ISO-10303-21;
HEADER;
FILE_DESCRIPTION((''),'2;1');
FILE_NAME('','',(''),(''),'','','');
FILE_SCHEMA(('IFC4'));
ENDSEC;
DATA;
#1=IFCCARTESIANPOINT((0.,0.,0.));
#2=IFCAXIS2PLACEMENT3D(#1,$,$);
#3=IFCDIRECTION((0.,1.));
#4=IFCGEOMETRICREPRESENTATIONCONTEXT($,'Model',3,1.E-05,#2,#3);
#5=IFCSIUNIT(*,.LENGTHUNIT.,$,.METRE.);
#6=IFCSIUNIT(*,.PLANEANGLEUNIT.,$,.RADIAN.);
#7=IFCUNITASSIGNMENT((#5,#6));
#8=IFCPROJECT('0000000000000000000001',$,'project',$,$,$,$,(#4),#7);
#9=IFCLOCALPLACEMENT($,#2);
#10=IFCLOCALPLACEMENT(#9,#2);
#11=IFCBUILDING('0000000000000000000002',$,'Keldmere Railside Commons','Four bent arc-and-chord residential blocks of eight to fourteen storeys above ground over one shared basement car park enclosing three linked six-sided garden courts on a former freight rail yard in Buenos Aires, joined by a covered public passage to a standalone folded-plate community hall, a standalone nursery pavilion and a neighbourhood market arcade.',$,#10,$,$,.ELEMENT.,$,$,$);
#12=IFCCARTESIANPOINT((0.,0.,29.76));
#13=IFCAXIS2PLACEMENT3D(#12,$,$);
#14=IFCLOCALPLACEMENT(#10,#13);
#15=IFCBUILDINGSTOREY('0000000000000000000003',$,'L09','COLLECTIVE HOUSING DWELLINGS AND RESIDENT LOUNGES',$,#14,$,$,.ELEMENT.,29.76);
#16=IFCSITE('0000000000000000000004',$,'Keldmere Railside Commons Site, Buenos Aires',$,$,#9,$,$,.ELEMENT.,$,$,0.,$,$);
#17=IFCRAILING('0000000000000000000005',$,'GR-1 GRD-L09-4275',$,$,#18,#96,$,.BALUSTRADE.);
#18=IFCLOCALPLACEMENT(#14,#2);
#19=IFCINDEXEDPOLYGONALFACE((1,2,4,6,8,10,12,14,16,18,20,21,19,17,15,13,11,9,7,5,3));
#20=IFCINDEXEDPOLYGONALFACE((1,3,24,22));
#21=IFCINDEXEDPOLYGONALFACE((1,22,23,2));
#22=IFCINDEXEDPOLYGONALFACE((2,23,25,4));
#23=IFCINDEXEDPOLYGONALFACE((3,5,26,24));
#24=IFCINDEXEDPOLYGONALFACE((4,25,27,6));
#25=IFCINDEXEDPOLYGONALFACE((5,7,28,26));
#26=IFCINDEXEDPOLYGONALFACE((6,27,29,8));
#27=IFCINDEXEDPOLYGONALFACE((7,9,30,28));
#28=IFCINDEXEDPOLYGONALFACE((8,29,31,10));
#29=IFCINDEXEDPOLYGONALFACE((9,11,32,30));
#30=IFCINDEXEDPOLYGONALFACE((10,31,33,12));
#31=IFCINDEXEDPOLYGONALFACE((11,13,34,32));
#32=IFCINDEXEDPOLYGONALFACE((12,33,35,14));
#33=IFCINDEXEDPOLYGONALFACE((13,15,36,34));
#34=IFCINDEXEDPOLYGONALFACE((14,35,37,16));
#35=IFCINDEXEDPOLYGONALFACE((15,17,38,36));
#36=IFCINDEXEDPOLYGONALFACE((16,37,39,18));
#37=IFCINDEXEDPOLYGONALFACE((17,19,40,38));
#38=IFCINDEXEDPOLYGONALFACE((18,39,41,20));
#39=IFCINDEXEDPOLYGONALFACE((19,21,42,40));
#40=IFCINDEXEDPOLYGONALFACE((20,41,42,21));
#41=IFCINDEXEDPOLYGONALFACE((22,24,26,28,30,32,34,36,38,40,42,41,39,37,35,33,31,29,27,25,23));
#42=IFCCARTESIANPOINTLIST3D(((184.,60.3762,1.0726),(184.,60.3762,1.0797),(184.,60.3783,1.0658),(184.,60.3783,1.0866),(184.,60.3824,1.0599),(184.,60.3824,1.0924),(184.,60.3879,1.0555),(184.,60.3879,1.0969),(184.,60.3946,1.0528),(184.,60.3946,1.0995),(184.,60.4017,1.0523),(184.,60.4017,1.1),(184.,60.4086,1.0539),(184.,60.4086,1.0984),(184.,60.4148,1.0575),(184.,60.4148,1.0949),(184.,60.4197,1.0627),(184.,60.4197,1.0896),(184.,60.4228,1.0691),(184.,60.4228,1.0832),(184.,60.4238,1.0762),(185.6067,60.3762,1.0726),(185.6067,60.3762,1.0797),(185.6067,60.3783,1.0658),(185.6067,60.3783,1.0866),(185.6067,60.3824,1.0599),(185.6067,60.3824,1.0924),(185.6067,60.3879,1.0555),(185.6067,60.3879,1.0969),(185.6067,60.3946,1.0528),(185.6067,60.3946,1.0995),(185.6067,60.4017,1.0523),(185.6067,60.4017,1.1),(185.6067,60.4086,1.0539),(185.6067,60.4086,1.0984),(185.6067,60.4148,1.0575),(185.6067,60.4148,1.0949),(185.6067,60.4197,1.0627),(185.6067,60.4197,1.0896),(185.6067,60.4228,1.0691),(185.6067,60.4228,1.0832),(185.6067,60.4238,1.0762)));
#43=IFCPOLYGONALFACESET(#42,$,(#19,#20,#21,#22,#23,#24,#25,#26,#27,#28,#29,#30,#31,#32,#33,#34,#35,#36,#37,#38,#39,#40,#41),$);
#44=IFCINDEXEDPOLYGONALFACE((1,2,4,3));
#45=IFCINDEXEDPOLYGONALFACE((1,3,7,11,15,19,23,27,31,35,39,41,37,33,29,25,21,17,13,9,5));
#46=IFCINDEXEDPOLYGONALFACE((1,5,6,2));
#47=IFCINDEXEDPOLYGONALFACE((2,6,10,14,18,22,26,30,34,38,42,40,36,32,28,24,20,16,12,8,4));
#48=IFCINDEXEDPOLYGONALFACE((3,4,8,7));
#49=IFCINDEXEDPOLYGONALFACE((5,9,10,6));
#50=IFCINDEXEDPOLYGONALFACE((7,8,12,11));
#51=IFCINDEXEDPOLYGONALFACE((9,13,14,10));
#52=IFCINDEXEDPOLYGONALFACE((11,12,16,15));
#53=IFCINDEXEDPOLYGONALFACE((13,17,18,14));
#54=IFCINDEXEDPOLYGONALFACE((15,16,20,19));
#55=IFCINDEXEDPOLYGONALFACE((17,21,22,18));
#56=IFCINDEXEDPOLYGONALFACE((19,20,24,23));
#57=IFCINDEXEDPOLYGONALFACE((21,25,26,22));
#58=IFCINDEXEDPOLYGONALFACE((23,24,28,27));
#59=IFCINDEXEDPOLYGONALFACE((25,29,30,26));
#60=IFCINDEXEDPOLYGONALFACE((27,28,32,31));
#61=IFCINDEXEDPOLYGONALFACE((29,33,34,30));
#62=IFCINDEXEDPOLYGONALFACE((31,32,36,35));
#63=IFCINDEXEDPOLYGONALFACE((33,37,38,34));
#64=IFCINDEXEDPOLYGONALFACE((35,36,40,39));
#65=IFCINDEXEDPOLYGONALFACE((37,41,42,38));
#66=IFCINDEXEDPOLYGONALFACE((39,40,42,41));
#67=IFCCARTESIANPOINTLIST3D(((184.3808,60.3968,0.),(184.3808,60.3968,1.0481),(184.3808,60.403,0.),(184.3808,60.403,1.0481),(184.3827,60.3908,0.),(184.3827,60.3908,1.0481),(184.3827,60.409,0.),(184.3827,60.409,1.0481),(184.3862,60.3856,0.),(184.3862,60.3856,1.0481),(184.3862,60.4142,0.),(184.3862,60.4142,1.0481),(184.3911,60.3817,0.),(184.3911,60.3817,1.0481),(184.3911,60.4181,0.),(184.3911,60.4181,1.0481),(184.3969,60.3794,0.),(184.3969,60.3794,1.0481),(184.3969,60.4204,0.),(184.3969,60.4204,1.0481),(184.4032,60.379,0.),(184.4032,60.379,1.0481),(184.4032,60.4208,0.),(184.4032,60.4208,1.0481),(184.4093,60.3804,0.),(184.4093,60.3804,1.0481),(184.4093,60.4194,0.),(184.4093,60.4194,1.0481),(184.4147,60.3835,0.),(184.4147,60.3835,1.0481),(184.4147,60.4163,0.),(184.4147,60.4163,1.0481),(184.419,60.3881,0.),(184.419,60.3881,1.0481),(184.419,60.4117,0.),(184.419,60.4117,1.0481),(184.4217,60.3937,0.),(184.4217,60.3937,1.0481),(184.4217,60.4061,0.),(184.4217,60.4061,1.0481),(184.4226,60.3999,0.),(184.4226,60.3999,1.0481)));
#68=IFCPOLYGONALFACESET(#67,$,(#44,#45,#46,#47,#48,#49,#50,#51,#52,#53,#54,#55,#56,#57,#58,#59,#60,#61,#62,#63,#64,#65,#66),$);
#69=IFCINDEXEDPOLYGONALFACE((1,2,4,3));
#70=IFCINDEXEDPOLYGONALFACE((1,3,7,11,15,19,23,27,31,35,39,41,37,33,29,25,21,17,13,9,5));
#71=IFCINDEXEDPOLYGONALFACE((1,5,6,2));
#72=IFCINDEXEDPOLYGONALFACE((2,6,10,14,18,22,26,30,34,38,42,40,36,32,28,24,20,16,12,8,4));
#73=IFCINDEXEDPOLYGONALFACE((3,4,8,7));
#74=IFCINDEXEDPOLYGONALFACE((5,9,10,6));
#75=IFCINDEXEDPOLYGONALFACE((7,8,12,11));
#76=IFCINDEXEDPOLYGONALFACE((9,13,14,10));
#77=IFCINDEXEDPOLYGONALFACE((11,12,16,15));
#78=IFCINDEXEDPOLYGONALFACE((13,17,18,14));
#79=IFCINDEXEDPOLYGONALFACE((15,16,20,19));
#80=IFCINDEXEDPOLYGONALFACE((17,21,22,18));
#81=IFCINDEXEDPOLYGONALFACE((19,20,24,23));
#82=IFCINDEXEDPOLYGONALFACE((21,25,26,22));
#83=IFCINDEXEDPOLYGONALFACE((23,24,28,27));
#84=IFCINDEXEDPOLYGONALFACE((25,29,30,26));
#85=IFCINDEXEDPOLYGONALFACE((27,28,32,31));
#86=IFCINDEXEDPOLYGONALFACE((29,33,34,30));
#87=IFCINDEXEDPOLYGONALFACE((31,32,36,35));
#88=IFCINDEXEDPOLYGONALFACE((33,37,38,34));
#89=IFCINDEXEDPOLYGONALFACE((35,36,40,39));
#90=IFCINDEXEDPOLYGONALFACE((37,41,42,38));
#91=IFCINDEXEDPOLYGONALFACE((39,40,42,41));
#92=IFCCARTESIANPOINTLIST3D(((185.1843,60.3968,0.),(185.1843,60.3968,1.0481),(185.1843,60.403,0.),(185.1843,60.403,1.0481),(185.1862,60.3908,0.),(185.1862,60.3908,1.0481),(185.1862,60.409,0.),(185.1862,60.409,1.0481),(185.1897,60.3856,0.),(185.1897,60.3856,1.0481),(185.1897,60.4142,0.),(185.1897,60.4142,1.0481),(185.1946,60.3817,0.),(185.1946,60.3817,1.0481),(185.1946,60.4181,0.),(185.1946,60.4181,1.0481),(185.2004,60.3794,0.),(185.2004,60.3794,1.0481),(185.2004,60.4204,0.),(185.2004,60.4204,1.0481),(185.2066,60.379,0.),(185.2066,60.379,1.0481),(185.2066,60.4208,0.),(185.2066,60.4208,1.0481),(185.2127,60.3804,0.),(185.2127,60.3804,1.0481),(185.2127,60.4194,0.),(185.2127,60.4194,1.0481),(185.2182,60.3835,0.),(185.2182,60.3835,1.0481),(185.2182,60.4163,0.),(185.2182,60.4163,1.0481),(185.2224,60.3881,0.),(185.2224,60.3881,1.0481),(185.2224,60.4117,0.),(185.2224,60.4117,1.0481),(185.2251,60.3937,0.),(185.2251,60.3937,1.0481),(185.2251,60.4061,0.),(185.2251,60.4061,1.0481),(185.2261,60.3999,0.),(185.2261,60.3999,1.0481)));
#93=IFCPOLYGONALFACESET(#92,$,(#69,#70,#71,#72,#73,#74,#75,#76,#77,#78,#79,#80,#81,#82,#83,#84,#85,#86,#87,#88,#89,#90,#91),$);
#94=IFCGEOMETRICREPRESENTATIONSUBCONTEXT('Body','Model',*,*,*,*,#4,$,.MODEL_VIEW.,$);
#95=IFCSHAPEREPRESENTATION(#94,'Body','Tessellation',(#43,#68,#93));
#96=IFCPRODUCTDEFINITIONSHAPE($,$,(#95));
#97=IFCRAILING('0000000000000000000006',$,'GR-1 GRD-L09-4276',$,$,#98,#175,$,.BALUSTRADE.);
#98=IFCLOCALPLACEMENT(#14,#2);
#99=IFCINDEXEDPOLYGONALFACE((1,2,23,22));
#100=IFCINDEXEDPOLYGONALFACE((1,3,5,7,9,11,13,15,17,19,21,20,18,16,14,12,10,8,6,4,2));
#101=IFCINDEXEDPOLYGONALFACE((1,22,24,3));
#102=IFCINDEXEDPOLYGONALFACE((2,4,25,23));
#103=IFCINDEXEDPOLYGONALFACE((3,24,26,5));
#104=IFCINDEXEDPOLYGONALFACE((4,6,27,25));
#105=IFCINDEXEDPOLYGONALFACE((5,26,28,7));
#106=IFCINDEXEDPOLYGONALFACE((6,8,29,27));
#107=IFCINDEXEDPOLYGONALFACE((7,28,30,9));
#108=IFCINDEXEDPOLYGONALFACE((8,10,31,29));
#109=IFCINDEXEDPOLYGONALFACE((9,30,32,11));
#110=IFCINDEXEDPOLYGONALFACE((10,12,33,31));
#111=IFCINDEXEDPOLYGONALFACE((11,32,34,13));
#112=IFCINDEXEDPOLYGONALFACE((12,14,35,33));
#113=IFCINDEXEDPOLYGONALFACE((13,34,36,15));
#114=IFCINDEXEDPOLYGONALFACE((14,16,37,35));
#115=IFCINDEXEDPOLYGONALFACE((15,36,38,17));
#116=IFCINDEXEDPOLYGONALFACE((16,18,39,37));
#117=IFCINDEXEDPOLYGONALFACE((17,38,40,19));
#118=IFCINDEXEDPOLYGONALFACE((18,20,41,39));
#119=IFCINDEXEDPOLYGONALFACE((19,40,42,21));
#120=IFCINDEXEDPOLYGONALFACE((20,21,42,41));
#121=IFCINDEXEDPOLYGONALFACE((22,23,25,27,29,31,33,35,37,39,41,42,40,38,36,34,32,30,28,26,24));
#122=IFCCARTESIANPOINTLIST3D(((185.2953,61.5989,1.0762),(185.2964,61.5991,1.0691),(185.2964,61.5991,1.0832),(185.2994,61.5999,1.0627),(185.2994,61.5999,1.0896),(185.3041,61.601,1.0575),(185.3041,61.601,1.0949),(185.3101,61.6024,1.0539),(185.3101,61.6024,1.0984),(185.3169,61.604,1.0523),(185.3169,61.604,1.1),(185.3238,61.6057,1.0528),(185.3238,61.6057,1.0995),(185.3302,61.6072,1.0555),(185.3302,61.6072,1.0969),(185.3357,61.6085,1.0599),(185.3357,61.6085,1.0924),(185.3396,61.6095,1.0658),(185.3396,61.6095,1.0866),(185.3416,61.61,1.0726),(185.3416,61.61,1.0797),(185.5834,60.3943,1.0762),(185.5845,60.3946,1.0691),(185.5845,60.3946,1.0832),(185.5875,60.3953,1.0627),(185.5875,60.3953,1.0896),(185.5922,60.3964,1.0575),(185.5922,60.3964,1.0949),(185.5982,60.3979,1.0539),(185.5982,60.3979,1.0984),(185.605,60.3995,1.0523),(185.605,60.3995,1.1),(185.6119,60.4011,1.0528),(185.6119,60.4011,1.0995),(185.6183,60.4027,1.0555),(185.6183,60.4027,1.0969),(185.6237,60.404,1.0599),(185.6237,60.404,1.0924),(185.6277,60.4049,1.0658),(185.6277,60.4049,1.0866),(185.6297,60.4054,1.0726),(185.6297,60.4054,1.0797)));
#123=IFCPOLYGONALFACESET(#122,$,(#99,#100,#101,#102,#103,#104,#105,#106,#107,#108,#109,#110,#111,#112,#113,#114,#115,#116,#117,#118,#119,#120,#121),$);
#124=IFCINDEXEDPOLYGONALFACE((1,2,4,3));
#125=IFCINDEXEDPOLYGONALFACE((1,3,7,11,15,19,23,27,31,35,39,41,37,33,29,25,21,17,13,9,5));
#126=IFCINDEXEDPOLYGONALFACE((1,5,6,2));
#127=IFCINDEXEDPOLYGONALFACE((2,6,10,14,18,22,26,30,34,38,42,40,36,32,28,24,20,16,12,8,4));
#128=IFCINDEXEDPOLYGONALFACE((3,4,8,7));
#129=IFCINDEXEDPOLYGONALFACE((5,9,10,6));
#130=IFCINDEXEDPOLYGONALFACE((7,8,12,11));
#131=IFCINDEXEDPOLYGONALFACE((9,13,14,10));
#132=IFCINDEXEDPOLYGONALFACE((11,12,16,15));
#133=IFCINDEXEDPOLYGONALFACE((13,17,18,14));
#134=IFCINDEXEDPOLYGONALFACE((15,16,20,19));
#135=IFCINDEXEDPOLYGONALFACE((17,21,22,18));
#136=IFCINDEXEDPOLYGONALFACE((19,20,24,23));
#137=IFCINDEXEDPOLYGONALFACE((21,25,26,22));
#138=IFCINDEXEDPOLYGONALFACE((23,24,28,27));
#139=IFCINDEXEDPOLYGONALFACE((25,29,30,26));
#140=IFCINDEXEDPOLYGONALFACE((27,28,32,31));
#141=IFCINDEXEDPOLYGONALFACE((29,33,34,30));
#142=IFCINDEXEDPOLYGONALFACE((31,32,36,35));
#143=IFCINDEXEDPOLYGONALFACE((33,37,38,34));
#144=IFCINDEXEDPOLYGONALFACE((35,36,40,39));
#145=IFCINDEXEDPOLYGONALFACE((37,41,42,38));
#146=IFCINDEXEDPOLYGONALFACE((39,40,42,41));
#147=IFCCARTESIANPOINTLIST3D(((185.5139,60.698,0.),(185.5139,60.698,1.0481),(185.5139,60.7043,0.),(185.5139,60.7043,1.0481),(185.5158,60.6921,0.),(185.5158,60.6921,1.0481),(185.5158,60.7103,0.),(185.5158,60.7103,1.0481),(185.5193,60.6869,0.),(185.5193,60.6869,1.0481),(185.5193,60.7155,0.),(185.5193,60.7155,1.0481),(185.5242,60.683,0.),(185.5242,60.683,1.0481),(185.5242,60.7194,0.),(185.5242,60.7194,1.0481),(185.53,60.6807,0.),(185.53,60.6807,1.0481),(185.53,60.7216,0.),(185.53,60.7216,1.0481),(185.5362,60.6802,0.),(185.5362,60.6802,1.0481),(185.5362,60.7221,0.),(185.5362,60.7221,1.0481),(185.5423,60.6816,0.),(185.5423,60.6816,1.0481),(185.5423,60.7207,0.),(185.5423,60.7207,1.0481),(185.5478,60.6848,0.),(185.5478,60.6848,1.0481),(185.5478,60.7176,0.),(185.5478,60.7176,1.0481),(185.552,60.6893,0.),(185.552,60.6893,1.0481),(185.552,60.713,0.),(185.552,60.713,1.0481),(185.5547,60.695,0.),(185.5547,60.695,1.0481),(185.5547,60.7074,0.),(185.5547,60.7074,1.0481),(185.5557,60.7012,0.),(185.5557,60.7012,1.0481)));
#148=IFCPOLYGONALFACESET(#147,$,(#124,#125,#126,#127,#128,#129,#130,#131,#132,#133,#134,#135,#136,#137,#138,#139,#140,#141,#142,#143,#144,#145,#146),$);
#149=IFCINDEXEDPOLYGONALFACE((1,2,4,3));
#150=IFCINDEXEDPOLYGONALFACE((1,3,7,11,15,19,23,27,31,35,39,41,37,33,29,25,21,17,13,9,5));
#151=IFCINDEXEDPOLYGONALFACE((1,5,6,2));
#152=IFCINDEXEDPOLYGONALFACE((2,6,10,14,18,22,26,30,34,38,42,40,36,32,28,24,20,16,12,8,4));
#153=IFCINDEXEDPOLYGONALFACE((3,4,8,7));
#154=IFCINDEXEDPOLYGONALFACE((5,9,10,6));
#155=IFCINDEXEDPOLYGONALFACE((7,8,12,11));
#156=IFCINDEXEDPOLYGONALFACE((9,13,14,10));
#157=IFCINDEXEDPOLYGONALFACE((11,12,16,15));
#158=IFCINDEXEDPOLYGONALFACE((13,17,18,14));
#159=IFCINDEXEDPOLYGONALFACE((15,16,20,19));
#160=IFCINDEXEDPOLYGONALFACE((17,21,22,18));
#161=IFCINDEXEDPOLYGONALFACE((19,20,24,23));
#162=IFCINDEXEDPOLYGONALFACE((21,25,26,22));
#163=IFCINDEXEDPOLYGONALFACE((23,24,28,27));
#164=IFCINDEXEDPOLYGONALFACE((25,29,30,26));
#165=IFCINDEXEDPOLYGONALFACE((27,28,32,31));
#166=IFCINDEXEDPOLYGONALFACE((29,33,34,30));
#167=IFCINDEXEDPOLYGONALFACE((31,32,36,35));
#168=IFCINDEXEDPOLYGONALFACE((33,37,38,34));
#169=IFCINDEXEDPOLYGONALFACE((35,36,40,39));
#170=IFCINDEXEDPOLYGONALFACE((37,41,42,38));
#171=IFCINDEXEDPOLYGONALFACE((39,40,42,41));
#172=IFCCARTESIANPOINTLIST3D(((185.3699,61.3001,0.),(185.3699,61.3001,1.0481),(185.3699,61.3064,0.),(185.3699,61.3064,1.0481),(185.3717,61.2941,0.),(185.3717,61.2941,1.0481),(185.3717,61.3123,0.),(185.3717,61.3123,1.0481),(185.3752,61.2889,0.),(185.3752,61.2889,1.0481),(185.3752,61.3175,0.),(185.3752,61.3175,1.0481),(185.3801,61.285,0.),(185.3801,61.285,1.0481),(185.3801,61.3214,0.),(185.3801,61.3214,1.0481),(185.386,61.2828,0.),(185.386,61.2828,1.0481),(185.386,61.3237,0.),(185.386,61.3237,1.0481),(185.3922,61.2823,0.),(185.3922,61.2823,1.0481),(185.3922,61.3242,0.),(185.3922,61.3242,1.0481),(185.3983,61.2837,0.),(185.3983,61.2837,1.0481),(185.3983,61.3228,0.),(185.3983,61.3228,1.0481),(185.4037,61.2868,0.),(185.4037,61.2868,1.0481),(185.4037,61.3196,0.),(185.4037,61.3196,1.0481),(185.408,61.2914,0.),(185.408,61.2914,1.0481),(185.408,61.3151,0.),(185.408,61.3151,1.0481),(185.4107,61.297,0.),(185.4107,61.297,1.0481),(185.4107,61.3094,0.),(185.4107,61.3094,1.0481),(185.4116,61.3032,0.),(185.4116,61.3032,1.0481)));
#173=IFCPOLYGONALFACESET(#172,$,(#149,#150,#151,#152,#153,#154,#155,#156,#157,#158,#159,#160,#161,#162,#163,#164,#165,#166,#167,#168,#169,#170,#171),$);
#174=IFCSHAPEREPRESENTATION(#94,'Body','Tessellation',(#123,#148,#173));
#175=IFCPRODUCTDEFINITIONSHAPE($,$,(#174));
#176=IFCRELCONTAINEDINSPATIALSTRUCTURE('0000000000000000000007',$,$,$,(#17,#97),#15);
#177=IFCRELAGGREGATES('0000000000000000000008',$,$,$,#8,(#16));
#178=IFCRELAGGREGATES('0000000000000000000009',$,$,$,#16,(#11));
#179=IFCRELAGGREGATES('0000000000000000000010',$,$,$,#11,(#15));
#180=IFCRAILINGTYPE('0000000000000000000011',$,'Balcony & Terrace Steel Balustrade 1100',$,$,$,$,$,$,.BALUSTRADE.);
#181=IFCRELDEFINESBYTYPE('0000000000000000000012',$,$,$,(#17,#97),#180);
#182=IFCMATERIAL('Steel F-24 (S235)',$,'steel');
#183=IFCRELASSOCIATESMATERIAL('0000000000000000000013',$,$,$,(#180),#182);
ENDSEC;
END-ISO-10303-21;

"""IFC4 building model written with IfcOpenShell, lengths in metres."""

from ifc_helpers import new_model, si_unit, direction, frame, origin, origin_2d, place, context, subcontext, project, spatial, circle, extrude, material, type_object, element, save


model = new_model("IFC4")

# Units and contexts
model_context = context("Model", 3, precision=1e-05, world=origin(), true_north=direction((0.0, 1.0)))
body_context = subcontext(model_context, "Body", "Model", "MODEL_VIEW")
ifc_project = project(units=[si_unit("LENGTHUNIT", "METRE"), si_unit("PLANEANGLEUNIT", "RADIAN")], contexts=[model_context])

# Site, building, storey
site_placement = place(None, origin())
site = spatial("IfcSite", under=ifc_project, at=site_placement, Name="Keldmere Railside Commons Site, Buenos Aires", CompositionType="ELEMENT", RefElevation=0.0)
building_placement = place(site_placement, origin())
building = spatial("IfcBuilding", under=site, at=building_placement, Name="Keldmere Railside Commons", Description="Four bent arc-and-chord residential blocks of eight to fourteen storeys above ground over one shared basement car park enclosing three linked six-sided garden courts on a former freight rail yard in Buenos Aires, joined by a covered public passage to a standalone folded-plate community hall, a standalone nursery pavilion and a neighbourhood market arcade.", CompositionType="ELEMENT")
storey_placement = place(building_placement, frame((0.0, 0.0, 29.76)))
storey = spatial("IfcBuildingStorey", under=building, at=storey_placement, Name="L09", Description="COLLECTIVE HOUSING DWELLINGS AND RESIDENT LOUNGES", CompositionType="ELEMENT", Elevation=29.76)

# Shared definitions
ifc_material_1 = material(Name="Steel F-24 (S235)", Category="steel")

# Railings
railing_type_1 = type_object("IfcRailingType", Name="Balcony & Terrace Steel Balustrade 1100", PredefinedType="BALUSTRADE", material=ifc_material_1)
railing_1_placement = place(storey_placement, frame((184.0, 60.3999, 0.0)))
element("IfcRailing", 1, at=railing_1_placement, inside=storey, type_object=railing_type_1, Name="GR-1 GRD-L09-4275", PredefinedType="BALUSTRADE", context=body_context, shape_type="SweptSolid", body=[
    extrude(circle(Radius=0.0239, at=origin_2d()), frame((0.0, 0.0, 1.0762), z_axis=(1.0, 0.0, 0.0), x_axis=(0.0, 1.0, 0.0)), (0.0, 0.0, 1.0), 1.6067),
    extrude(circle(Radius=0.021, at=origin_2d()), frame((0.4016, 0.0, 0.0)), (0.0, 0.0, 1.0), 1.0481),
    extrude(circle(Radius=0.021, at=origin_2d()), frame((1.2051, 0.0, 0.0)), (0.0, 0.0, 1.0), 1.0481),
])
railing_2_placement = place(storey_placement, frame((185.6067, 60.3999, 0.0)))
element("IfcRailing", 2, at=railing_2_placement, inside=storey, type_object=railing_type_1, Name="GR-1 GRD-L09-4276", PredefinedType="BALUSTRADE", context=body_context, shape_type="SweptSolid", body=[
    extrude(circle(Radius=0.0239, at=origin_2d()), frame((0.0, 0.0, 1.0762), z_axis=(-0.232598, 0.972573, 0.0), x_axis=(-0.972573, -0.232598, 0.0)), (0.0, 0.0, 1.0), 1.2385),
    extrude(circle(Radius=0.021, at=origin_2d()), frame((-0.072, 0.3013, 0.0)), (0.0, 0.0, 1.0), 1.0481),
    extrude(circle(Radius=0.021, at=origin_2d()), frame((-0.2161, 0.9033, 0.0)), (0.0, 0.0, 1.0), 1.0481),
])

save(model, "model.ifc")
